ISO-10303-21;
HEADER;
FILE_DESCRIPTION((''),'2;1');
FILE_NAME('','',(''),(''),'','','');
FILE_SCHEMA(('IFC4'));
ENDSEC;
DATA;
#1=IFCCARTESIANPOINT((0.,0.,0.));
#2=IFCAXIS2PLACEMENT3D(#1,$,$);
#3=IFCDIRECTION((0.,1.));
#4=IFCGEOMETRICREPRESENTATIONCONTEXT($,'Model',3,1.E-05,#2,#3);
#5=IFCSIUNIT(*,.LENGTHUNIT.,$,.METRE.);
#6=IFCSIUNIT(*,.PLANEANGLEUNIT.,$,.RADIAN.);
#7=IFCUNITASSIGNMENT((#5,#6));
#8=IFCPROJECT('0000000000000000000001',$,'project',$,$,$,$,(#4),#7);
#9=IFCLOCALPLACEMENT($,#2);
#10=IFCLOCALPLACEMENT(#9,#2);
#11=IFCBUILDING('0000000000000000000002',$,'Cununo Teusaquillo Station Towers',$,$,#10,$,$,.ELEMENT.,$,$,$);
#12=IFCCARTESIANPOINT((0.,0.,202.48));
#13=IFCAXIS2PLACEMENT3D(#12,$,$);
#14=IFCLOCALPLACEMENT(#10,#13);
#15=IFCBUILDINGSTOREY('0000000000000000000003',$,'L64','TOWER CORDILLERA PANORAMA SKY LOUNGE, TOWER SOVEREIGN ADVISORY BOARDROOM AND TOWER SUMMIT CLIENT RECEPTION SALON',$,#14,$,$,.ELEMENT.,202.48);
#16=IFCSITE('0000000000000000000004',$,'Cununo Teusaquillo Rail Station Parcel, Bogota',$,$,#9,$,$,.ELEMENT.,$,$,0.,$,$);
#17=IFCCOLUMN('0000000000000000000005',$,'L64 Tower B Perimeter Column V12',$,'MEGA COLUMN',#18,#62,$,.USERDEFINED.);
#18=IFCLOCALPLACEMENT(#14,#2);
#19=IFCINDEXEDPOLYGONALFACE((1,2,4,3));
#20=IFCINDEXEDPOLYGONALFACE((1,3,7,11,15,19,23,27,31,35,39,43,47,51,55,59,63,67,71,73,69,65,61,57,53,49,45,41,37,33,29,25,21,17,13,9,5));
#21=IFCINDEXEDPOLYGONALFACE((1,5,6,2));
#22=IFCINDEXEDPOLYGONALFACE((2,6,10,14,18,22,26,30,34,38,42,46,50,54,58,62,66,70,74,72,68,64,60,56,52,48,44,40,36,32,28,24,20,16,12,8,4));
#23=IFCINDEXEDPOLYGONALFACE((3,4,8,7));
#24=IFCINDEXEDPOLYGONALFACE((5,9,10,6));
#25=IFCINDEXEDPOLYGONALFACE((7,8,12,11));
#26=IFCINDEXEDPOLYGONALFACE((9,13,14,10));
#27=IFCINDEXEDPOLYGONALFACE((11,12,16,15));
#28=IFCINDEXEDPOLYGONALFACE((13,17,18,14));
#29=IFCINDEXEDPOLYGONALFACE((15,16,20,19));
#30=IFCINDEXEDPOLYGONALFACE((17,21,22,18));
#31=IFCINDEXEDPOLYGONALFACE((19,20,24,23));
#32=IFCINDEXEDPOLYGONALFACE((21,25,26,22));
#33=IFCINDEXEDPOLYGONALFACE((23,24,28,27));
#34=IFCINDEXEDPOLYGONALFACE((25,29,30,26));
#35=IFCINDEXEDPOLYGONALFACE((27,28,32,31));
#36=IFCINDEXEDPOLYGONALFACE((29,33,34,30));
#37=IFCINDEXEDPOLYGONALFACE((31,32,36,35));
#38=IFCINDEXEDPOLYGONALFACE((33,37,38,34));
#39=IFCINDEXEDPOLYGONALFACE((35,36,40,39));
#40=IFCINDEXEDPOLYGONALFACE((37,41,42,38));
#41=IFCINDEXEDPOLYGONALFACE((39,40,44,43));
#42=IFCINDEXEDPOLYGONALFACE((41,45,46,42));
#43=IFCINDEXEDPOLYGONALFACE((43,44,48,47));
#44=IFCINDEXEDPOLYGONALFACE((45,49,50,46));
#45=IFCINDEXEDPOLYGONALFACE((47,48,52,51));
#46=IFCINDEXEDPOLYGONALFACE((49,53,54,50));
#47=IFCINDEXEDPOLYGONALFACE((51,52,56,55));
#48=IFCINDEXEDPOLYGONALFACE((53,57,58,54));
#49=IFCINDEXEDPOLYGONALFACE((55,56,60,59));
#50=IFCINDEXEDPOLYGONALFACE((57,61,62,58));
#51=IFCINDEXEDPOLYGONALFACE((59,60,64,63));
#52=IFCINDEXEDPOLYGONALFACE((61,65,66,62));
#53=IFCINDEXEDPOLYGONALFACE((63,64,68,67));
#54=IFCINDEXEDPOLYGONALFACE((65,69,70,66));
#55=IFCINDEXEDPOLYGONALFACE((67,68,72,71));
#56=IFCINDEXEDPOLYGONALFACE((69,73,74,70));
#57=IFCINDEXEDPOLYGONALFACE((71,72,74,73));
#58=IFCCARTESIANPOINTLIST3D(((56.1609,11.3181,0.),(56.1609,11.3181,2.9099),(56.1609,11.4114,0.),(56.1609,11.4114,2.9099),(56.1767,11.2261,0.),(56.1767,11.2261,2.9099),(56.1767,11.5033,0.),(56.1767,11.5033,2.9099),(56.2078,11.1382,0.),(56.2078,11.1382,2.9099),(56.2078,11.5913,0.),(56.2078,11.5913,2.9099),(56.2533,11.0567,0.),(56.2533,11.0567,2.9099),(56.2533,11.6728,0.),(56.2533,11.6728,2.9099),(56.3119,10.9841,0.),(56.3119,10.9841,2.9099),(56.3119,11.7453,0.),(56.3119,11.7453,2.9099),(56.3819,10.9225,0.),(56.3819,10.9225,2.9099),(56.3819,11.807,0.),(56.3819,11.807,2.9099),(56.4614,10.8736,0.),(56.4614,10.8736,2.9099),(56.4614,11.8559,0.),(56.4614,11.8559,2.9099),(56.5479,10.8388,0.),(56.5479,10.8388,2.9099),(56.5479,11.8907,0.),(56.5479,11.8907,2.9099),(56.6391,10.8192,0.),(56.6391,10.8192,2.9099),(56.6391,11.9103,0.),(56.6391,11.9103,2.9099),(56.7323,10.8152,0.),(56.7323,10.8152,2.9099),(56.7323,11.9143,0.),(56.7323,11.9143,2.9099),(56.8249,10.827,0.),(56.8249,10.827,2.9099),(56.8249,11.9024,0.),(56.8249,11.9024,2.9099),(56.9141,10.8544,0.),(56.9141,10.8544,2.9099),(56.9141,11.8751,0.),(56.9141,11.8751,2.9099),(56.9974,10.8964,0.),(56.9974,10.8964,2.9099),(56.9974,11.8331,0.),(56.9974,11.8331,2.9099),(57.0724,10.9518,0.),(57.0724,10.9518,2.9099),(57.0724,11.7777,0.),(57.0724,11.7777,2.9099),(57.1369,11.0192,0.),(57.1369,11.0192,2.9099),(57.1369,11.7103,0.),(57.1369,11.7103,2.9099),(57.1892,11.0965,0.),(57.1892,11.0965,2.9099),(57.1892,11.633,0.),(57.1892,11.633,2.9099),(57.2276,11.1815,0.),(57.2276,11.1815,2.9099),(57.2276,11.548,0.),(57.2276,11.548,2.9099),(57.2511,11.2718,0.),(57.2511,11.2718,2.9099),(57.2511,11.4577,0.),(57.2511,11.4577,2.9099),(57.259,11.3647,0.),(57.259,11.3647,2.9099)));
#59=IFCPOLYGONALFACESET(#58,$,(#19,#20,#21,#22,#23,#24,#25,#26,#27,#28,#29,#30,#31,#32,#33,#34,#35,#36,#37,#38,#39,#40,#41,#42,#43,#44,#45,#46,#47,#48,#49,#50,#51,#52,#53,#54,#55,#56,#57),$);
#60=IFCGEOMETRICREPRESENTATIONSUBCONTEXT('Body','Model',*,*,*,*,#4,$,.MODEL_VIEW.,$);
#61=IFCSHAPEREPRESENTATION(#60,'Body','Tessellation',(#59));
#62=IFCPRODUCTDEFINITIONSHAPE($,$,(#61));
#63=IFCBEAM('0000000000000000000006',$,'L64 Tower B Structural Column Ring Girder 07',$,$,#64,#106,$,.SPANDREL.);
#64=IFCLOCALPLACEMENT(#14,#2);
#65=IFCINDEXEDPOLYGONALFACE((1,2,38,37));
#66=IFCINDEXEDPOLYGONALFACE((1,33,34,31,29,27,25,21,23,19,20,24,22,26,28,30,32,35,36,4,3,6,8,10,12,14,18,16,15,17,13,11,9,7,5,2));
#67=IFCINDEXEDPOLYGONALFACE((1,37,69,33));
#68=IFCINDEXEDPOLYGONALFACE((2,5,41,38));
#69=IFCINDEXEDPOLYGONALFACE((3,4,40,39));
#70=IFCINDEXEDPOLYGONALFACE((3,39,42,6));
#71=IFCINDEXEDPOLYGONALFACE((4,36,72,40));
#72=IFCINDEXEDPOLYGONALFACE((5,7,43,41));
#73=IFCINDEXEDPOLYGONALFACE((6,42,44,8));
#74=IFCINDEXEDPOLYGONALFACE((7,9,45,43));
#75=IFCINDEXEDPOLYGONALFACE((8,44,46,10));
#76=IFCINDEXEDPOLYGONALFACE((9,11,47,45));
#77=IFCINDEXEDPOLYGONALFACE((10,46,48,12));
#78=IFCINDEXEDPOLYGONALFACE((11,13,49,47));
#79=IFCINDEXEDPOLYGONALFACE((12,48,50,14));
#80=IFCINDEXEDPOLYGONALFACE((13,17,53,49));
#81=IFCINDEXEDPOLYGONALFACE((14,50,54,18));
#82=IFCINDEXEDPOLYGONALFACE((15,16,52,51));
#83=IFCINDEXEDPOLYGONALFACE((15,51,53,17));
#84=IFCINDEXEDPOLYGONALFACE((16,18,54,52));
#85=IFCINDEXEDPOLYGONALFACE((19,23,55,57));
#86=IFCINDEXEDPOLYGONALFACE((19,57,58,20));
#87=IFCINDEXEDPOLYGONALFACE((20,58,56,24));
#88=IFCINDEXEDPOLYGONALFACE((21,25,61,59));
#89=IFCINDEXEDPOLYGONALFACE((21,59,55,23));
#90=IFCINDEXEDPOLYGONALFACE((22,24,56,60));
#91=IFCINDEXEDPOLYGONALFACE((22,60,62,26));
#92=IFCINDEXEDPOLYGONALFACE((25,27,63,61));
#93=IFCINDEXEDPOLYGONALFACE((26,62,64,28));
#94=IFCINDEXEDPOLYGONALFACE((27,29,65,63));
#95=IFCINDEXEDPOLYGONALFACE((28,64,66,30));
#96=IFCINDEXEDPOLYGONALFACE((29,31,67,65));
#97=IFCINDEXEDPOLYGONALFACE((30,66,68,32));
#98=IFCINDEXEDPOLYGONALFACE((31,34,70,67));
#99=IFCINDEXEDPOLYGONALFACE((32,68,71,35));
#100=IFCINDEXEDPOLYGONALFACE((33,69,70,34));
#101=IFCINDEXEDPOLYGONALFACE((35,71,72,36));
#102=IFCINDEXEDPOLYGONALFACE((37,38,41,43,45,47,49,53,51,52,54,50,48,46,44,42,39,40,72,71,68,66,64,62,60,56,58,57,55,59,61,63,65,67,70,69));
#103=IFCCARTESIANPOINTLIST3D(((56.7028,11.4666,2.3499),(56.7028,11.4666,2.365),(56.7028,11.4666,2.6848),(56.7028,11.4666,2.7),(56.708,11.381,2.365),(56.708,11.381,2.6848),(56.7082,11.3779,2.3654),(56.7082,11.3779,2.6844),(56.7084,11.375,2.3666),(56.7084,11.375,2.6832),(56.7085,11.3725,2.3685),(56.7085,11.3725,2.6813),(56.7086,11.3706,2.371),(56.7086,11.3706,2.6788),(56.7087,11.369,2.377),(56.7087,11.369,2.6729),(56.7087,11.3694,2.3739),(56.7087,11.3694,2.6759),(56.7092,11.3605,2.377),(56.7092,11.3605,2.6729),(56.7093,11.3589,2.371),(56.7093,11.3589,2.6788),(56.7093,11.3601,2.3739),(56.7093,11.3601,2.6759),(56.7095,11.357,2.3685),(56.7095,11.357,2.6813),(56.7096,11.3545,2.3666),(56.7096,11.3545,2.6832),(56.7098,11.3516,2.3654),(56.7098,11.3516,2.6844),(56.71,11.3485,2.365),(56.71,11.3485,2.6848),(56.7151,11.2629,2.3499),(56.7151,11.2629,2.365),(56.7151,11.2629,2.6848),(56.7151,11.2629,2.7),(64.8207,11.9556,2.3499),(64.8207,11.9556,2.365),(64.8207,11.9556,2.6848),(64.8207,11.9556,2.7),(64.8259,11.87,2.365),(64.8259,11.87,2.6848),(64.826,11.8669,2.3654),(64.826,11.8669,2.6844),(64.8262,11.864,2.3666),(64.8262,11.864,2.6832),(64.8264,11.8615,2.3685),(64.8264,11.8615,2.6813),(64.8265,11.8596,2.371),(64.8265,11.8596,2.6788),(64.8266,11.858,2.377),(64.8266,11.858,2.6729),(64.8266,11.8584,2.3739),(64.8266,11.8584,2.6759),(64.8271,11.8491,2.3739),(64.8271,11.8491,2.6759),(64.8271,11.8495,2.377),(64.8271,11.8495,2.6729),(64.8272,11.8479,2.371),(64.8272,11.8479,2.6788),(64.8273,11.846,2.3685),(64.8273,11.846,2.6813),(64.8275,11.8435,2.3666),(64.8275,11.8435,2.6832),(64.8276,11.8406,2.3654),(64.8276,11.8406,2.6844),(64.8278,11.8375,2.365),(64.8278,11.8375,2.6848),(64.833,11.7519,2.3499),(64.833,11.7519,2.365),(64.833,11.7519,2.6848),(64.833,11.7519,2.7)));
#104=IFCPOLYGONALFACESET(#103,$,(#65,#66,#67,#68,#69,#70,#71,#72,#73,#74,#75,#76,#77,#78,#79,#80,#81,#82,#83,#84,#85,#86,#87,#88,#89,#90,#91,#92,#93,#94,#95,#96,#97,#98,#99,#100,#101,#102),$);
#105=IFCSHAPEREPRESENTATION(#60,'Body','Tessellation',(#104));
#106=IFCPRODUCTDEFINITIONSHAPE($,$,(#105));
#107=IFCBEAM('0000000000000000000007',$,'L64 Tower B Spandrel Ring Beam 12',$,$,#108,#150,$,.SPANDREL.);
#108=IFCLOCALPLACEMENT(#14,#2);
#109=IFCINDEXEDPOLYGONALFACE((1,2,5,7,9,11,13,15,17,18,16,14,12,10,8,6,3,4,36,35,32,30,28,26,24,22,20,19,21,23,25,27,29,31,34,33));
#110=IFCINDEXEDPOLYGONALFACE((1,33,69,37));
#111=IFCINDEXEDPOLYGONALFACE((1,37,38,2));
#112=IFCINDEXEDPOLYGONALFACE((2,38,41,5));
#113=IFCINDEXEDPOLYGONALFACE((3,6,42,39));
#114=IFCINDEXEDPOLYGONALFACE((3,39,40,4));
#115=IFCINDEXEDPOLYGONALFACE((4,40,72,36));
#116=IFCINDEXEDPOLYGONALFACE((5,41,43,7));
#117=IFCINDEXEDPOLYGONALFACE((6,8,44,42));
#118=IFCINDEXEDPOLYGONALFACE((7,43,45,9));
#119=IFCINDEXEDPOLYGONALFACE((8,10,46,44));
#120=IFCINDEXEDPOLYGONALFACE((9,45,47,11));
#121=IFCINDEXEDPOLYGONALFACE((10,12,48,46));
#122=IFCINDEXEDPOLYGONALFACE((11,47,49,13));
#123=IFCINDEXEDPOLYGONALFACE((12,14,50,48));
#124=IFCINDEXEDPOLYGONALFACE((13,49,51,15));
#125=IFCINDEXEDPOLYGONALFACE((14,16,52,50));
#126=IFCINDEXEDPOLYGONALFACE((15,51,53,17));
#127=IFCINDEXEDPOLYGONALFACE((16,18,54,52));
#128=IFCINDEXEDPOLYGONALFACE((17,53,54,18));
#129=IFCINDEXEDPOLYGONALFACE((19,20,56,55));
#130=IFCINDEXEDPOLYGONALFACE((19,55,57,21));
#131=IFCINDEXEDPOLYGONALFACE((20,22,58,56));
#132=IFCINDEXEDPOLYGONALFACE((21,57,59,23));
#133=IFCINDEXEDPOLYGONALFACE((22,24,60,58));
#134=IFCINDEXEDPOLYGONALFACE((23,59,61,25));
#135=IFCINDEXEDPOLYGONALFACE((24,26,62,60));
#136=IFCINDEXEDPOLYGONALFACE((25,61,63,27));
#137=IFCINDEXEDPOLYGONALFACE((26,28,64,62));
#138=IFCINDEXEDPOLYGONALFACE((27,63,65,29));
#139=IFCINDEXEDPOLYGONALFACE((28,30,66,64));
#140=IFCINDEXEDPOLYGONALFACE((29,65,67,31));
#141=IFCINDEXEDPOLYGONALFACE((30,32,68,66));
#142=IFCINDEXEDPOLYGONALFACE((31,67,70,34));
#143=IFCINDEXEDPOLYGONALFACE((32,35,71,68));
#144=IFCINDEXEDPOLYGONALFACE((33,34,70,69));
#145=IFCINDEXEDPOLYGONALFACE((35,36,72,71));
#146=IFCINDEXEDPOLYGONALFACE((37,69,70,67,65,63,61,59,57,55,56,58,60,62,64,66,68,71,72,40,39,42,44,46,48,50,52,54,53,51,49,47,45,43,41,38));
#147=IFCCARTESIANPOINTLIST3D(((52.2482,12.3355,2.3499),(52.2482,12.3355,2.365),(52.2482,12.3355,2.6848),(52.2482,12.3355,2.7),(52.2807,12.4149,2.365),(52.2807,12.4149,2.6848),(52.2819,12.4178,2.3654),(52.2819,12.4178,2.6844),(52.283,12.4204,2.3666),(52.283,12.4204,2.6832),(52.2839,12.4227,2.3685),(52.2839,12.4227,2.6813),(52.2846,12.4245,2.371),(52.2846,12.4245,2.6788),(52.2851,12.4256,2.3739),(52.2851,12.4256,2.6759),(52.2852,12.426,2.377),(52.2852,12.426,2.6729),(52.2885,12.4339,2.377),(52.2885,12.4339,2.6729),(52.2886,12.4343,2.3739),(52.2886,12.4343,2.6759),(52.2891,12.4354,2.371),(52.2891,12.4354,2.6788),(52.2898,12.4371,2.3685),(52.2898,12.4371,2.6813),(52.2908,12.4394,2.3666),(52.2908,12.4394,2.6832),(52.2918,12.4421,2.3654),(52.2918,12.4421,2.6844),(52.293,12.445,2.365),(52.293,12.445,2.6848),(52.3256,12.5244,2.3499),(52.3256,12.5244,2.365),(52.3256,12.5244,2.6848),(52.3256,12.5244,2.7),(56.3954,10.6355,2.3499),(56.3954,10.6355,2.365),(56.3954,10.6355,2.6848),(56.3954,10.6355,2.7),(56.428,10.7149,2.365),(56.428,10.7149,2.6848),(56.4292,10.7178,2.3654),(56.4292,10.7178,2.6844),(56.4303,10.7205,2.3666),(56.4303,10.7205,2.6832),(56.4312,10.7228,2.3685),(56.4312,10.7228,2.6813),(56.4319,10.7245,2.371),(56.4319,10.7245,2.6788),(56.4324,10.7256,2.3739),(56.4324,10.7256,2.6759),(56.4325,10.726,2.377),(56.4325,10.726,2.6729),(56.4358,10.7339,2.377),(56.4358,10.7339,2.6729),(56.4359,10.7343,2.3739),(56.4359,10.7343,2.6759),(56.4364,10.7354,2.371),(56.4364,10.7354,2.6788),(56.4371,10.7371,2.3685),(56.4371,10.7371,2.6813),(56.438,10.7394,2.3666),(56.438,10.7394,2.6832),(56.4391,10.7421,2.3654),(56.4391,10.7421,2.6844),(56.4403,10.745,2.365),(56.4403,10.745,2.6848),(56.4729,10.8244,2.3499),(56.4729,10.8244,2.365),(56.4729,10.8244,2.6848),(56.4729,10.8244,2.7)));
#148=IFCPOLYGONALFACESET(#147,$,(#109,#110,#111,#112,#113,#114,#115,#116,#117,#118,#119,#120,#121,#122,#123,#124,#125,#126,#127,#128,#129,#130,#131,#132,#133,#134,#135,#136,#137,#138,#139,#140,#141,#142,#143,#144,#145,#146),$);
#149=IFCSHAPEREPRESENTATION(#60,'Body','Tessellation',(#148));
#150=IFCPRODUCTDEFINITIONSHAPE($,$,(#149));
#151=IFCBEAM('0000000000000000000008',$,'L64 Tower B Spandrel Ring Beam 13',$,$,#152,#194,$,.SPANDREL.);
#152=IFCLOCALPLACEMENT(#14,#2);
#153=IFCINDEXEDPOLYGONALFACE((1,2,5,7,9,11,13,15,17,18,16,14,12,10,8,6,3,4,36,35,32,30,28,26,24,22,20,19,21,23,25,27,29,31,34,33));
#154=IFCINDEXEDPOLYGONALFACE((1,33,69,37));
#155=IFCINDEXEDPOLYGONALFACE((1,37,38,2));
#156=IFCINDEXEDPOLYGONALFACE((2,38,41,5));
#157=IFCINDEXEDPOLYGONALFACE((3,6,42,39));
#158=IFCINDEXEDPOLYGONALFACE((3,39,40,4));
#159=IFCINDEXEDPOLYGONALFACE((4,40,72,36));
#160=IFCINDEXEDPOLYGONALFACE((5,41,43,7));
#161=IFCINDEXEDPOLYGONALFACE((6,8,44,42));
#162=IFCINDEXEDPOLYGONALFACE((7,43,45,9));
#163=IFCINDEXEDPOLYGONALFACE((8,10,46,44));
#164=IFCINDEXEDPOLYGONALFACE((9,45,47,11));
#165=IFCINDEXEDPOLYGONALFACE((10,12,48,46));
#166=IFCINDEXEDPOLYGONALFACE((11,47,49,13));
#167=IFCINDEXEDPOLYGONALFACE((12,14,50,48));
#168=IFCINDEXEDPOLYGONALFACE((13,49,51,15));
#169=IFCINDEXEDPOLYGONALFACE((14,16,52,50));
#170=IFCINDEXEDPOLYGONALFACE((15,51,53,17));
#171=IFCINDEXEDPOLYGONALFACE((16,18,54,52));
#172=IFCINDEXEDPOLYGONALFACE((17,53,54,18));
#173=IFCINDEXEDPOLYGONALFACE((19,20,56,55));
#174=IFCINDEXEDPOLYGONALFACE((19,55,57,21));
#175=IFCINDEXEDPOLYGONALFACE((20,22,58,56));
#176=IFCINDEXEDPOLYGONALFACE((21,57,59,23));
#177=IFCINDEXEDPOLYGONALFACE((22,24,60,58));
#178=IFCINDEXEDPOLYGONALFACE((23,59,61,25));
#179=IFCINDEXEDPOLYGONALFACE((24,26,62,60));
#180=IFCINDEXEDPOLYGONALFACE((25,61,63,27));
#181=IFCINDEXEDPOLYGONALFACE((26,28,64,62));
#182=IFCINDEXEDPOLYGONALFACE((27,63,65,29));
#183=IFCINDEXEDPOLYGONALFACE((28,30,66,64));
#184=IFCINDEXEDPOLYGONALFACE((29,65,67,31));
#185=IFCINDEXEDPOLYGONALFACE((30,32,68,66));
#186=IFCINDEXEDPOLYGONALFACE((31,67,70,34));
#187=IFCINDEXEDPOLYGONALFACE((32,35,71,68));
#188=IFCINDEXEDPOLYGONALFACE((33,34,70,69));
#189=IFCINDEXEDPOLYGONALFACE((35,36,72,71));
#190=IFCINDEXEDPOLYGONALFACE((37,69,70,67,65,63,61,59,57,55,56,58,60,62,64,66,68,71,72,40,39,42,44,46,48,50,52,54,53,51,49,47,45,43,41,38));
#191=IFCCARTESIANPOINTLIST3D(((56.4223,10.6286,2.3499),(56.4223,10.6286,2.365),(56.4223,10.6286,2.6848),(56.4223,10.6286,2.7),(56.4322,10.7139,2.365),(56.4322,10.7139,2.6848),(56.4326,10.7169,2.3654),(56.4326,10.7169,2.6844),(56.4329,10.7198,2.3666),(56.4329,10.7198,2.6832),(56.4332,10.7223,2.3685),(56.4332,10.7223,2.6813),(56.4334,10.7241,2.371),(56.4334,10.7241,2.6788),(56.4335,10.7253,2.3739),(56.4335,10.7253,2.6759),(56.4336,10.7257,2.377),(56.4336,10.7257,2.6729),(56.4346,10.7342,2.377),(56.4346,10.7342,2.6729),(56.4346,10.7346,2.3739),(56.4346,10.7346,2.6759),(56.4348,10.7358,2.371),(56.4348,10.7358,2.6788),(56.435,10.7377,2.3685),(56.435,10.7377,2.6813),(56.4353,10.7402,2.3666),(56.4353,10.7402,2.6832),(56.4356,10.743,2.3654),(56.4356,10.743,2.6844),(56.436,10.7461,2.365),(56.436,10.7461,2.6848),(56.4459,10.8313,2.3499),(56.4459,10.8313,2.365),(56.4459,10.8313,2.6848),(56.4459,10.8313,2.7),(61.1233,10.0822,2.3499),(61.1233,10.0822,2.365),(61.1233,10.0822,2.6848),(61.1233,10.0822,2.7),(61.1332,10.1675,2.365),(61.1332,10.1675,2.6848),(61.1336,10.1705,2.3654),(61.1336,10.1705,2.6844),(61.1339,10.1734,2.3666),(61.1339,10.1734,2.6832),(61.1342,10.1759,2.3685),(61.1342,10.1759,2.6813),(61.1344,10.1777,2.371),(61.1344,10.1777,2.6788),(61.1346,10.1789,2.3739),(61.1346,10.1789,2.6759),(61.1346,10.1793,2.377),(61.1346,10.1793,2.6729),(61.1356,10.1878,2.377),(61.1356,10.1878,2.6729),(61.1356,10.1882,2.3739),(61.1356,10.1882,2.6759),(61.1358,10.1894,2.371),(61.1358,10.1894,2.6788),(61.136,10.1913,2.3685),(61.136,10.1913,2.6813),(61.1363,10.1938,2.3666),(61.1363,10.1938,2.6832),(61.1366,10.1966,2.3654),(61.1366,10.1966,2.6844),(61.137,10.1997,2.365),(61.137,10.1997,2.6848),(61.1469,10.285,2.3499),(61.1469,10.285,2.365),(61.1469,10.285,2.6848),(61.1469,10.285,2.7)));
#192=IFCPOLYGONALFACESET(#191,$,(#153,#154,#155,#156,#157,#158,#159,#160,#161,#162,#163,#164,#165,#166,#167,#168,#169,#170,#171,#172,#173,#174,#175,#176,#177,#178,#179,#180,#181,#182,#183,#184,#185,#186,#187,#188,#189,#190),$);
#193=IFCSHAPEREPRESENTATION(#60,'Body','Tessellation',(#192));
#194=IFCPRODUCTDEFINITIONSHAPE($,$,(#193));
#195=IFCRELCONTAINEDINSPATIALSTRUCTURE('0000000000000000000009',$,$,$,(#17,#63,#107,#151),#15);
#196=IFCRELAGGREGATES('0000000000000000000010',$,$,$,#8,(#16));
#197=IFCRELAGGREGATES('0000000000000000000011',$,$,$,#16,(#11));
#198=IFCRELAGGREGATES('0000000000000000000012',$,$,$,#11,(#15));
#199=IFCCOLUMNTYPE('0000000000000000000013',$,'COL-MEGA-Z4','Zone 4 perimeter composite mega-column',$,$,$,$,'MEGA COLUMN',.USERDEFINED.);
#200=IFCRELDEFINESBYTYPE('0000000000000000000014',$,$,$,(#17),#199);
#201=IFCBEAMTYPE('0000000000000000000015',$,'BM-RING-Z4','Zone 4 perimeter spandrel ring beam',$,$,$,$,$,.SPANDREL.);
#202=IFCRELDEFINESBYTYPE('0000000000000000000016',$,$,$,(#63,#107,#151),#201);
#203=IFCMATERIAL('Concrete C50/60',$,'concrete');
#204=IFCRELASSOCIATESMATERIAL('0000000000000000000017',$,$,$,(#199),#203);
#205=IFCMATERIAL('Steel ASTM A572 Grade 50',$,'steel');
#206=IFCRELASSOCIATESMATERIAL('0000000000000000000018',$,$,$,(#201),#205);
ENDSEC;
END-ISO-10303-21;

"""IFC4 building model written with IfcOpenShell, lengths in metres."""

from ifc_helpers import new_model, si_unit, direction, frame, origin, origin_2d, place, context, subcontext, project, spatial, circle, i_section, extrude, material, material_profile, profile_set, type_object, element, save


model = new_model("IFC4")

# Units and contexts
model_context = context("Model", 3, precision=1e-05, world=origin(), true_north=direction((0.0, 1.0)))
body_context = subcontext(model_context, "Body", "Model", "MODEL_VIEW")
ifc_project = project(units=[si_unit("LENGTHUNIT", "METRE"), si_unit("PLANEANGLEUNIT", "RADIAN")], contexts=[model_context])

# Site, building, storey
site_placement = place(None, origin())
site = spatial("IfcSite", under=ifc_project, at=site_placement, Name="Cununo Teusaquillo Rail Station Parcel, Bogota", CompositionType="ELEMENT", RefElevation=0.0)
building_placement = place(site_placement, origin())
building = spatial("IfcBuilding", under=site, at=building_placement, Name="Cununo Teusaquillo Station Towers", CompositionType="ELEMENT")
storey_placement = place(building_placement, frame((0.0, 0.0, 202.48)))
storey = spatial("IfcBuildingStorey", under=building, at=storey_placement, Name="L64", Description="TOWER CORDILLERA PANORAMA SKY LOUNGE, TOWER SOVEREIGN ADVISORY BOARDROOM AND TOWER SUMMIT CLIENT RECEPTION SALON", CompositionType="ELEMENT", Elevation=202.48)

# Column
ifc_material_1 = material(Name="Concrete C50/60", Category="concrete")
ifc_material_profile_1 = material_profile(ifc_material_1, circle(Radius=0.55, at=origin_2d()), Name="RC-CIRC-1100")
ifc_profile_set_1 = profile_set([ifc_material_profile_1], Name="Concrete C50/60")
column_type = type_object("IfcColumnType", Name="COL-MEGA-Z4", Description="Zone 4 perimeter composite mega-column", ElementType="MEGA COLUMN", PredefinedType="USERDEFINED", material=ifc_profile_set_1)
column_placement = place(storey_placement, frame((56.709, 11.3647, 0.0), z_axis=(0.0, 0.0, 1.0), x_axis=(1.0, 0.0, 0.0)))
element("IfcColumn", 1, at=column_placement, inside=storey, type_object=column_type, Name="L64 Tower B Perimeter Column V12", ObjectType="MEGA COLUMN", PredefinedType="USERDEFINED", context=body_context, shape_type="SweptSolid", body=[
    extrude(circle(Radius=0.55, at=origin_2d()), origin(), (0.0, 0.0, 1.0), 2.9099),
])

# Beams
ifc_material_2 = material(Name="Steel ASTM A572 Grade 50", Category="steel")
ifc_material_profile_2 = material_profile(ifc_material_2, i_section(OverallWidth=0.2041, OverallDepth=0.3501, WebThickness=0.0085, FlangeThickness=0.0151, FilletRadius=0.012, at=origin_2d()), Name="W14X48")
ifc_profile_set_2 = profile_set([ifc_material_profile_2], Name="Steel ASTM A572 Grade 50")
beam_type = type_object("IfcBeamType", Name="BM-RING-Z4", Description="Zone 4 perimeter spandrel ring beam", PredefinedType="SPANDREL", material=ifc_profile_set_2)
beam_1_placement = place(storey_placement, frame((56.709, 11.3647, 2.5249), z_axis=(0.998191, 0.06013, 0.0), x_axis=(-0.06013, 0.998191, 0.0)))
element("IfcBeam", 2, at=beam_1_placement, inside=storey, type_object=beam_type, Name="L64 Tower B Structural Column Ring Girder 07", PredefinedType="SPANDREL", context=body_context, shape_type="SweptSolid", body=[
    extrude(i_section(OverallWidth=0.2041, OverallDepth=0.3501, WebThickness=0.0085, FlangeThickness=0.0151, FilletRadius=0.012, at=origin_2d()), origin(), (0.0, 0.0, 1.0), 8.1326),
])
beam_2_placement = place(storey_placement, frame((52.2869, 12.4299, 2.5249), z_axis=(0.925284, -0.379275, 0.0), x_axis=(0.379275, 0.925284, 0.0)))
element("IfcBeam", 3, at=beam_2_placement, inside=storey, type_object=beam_type, Name="L64 Tower B Spandrel Ring Beam 12", PredefinedType="SPANDREL", context=body_context, shape_type="SweptSolid", body=[
    extrude(i_section(OverallWidth=0.2041, OverallDepth=0.3501, WebThickness=0.0085, FlangeThickness=0.0151, FilletRadius=0.012, at=origin_2d()), origin(), (0.0, 0.0, 1.0), 4.4822),
])
beam_3_placement = place(storey_placement, frame((56.4341, 10.73, 2.5249), z_axis=(0.993313, -0.115452, 0.0), x_axis=(0.115452, 0.993313, 0.0)))
element("IfcBeam", 4, at=beam_3_placement, inside=storey, type_object=beam_type, Name="L64 Tower B Spandrel Ring Beam 13", PredefinedType="SPANDREL", context=body_context, shape_type="SweptSolid", body=[
    extrude(i_section(OverallWidth=0.2041, OverallDepth=0.3501, WebThickness=0.0085, FlangeThickness=0.0151, FilletRadius=0.012, at=origin_2d()), origin(), (0.0, 0.0, 1.0), 4.7327),
])

save(model, "model.ifc")
